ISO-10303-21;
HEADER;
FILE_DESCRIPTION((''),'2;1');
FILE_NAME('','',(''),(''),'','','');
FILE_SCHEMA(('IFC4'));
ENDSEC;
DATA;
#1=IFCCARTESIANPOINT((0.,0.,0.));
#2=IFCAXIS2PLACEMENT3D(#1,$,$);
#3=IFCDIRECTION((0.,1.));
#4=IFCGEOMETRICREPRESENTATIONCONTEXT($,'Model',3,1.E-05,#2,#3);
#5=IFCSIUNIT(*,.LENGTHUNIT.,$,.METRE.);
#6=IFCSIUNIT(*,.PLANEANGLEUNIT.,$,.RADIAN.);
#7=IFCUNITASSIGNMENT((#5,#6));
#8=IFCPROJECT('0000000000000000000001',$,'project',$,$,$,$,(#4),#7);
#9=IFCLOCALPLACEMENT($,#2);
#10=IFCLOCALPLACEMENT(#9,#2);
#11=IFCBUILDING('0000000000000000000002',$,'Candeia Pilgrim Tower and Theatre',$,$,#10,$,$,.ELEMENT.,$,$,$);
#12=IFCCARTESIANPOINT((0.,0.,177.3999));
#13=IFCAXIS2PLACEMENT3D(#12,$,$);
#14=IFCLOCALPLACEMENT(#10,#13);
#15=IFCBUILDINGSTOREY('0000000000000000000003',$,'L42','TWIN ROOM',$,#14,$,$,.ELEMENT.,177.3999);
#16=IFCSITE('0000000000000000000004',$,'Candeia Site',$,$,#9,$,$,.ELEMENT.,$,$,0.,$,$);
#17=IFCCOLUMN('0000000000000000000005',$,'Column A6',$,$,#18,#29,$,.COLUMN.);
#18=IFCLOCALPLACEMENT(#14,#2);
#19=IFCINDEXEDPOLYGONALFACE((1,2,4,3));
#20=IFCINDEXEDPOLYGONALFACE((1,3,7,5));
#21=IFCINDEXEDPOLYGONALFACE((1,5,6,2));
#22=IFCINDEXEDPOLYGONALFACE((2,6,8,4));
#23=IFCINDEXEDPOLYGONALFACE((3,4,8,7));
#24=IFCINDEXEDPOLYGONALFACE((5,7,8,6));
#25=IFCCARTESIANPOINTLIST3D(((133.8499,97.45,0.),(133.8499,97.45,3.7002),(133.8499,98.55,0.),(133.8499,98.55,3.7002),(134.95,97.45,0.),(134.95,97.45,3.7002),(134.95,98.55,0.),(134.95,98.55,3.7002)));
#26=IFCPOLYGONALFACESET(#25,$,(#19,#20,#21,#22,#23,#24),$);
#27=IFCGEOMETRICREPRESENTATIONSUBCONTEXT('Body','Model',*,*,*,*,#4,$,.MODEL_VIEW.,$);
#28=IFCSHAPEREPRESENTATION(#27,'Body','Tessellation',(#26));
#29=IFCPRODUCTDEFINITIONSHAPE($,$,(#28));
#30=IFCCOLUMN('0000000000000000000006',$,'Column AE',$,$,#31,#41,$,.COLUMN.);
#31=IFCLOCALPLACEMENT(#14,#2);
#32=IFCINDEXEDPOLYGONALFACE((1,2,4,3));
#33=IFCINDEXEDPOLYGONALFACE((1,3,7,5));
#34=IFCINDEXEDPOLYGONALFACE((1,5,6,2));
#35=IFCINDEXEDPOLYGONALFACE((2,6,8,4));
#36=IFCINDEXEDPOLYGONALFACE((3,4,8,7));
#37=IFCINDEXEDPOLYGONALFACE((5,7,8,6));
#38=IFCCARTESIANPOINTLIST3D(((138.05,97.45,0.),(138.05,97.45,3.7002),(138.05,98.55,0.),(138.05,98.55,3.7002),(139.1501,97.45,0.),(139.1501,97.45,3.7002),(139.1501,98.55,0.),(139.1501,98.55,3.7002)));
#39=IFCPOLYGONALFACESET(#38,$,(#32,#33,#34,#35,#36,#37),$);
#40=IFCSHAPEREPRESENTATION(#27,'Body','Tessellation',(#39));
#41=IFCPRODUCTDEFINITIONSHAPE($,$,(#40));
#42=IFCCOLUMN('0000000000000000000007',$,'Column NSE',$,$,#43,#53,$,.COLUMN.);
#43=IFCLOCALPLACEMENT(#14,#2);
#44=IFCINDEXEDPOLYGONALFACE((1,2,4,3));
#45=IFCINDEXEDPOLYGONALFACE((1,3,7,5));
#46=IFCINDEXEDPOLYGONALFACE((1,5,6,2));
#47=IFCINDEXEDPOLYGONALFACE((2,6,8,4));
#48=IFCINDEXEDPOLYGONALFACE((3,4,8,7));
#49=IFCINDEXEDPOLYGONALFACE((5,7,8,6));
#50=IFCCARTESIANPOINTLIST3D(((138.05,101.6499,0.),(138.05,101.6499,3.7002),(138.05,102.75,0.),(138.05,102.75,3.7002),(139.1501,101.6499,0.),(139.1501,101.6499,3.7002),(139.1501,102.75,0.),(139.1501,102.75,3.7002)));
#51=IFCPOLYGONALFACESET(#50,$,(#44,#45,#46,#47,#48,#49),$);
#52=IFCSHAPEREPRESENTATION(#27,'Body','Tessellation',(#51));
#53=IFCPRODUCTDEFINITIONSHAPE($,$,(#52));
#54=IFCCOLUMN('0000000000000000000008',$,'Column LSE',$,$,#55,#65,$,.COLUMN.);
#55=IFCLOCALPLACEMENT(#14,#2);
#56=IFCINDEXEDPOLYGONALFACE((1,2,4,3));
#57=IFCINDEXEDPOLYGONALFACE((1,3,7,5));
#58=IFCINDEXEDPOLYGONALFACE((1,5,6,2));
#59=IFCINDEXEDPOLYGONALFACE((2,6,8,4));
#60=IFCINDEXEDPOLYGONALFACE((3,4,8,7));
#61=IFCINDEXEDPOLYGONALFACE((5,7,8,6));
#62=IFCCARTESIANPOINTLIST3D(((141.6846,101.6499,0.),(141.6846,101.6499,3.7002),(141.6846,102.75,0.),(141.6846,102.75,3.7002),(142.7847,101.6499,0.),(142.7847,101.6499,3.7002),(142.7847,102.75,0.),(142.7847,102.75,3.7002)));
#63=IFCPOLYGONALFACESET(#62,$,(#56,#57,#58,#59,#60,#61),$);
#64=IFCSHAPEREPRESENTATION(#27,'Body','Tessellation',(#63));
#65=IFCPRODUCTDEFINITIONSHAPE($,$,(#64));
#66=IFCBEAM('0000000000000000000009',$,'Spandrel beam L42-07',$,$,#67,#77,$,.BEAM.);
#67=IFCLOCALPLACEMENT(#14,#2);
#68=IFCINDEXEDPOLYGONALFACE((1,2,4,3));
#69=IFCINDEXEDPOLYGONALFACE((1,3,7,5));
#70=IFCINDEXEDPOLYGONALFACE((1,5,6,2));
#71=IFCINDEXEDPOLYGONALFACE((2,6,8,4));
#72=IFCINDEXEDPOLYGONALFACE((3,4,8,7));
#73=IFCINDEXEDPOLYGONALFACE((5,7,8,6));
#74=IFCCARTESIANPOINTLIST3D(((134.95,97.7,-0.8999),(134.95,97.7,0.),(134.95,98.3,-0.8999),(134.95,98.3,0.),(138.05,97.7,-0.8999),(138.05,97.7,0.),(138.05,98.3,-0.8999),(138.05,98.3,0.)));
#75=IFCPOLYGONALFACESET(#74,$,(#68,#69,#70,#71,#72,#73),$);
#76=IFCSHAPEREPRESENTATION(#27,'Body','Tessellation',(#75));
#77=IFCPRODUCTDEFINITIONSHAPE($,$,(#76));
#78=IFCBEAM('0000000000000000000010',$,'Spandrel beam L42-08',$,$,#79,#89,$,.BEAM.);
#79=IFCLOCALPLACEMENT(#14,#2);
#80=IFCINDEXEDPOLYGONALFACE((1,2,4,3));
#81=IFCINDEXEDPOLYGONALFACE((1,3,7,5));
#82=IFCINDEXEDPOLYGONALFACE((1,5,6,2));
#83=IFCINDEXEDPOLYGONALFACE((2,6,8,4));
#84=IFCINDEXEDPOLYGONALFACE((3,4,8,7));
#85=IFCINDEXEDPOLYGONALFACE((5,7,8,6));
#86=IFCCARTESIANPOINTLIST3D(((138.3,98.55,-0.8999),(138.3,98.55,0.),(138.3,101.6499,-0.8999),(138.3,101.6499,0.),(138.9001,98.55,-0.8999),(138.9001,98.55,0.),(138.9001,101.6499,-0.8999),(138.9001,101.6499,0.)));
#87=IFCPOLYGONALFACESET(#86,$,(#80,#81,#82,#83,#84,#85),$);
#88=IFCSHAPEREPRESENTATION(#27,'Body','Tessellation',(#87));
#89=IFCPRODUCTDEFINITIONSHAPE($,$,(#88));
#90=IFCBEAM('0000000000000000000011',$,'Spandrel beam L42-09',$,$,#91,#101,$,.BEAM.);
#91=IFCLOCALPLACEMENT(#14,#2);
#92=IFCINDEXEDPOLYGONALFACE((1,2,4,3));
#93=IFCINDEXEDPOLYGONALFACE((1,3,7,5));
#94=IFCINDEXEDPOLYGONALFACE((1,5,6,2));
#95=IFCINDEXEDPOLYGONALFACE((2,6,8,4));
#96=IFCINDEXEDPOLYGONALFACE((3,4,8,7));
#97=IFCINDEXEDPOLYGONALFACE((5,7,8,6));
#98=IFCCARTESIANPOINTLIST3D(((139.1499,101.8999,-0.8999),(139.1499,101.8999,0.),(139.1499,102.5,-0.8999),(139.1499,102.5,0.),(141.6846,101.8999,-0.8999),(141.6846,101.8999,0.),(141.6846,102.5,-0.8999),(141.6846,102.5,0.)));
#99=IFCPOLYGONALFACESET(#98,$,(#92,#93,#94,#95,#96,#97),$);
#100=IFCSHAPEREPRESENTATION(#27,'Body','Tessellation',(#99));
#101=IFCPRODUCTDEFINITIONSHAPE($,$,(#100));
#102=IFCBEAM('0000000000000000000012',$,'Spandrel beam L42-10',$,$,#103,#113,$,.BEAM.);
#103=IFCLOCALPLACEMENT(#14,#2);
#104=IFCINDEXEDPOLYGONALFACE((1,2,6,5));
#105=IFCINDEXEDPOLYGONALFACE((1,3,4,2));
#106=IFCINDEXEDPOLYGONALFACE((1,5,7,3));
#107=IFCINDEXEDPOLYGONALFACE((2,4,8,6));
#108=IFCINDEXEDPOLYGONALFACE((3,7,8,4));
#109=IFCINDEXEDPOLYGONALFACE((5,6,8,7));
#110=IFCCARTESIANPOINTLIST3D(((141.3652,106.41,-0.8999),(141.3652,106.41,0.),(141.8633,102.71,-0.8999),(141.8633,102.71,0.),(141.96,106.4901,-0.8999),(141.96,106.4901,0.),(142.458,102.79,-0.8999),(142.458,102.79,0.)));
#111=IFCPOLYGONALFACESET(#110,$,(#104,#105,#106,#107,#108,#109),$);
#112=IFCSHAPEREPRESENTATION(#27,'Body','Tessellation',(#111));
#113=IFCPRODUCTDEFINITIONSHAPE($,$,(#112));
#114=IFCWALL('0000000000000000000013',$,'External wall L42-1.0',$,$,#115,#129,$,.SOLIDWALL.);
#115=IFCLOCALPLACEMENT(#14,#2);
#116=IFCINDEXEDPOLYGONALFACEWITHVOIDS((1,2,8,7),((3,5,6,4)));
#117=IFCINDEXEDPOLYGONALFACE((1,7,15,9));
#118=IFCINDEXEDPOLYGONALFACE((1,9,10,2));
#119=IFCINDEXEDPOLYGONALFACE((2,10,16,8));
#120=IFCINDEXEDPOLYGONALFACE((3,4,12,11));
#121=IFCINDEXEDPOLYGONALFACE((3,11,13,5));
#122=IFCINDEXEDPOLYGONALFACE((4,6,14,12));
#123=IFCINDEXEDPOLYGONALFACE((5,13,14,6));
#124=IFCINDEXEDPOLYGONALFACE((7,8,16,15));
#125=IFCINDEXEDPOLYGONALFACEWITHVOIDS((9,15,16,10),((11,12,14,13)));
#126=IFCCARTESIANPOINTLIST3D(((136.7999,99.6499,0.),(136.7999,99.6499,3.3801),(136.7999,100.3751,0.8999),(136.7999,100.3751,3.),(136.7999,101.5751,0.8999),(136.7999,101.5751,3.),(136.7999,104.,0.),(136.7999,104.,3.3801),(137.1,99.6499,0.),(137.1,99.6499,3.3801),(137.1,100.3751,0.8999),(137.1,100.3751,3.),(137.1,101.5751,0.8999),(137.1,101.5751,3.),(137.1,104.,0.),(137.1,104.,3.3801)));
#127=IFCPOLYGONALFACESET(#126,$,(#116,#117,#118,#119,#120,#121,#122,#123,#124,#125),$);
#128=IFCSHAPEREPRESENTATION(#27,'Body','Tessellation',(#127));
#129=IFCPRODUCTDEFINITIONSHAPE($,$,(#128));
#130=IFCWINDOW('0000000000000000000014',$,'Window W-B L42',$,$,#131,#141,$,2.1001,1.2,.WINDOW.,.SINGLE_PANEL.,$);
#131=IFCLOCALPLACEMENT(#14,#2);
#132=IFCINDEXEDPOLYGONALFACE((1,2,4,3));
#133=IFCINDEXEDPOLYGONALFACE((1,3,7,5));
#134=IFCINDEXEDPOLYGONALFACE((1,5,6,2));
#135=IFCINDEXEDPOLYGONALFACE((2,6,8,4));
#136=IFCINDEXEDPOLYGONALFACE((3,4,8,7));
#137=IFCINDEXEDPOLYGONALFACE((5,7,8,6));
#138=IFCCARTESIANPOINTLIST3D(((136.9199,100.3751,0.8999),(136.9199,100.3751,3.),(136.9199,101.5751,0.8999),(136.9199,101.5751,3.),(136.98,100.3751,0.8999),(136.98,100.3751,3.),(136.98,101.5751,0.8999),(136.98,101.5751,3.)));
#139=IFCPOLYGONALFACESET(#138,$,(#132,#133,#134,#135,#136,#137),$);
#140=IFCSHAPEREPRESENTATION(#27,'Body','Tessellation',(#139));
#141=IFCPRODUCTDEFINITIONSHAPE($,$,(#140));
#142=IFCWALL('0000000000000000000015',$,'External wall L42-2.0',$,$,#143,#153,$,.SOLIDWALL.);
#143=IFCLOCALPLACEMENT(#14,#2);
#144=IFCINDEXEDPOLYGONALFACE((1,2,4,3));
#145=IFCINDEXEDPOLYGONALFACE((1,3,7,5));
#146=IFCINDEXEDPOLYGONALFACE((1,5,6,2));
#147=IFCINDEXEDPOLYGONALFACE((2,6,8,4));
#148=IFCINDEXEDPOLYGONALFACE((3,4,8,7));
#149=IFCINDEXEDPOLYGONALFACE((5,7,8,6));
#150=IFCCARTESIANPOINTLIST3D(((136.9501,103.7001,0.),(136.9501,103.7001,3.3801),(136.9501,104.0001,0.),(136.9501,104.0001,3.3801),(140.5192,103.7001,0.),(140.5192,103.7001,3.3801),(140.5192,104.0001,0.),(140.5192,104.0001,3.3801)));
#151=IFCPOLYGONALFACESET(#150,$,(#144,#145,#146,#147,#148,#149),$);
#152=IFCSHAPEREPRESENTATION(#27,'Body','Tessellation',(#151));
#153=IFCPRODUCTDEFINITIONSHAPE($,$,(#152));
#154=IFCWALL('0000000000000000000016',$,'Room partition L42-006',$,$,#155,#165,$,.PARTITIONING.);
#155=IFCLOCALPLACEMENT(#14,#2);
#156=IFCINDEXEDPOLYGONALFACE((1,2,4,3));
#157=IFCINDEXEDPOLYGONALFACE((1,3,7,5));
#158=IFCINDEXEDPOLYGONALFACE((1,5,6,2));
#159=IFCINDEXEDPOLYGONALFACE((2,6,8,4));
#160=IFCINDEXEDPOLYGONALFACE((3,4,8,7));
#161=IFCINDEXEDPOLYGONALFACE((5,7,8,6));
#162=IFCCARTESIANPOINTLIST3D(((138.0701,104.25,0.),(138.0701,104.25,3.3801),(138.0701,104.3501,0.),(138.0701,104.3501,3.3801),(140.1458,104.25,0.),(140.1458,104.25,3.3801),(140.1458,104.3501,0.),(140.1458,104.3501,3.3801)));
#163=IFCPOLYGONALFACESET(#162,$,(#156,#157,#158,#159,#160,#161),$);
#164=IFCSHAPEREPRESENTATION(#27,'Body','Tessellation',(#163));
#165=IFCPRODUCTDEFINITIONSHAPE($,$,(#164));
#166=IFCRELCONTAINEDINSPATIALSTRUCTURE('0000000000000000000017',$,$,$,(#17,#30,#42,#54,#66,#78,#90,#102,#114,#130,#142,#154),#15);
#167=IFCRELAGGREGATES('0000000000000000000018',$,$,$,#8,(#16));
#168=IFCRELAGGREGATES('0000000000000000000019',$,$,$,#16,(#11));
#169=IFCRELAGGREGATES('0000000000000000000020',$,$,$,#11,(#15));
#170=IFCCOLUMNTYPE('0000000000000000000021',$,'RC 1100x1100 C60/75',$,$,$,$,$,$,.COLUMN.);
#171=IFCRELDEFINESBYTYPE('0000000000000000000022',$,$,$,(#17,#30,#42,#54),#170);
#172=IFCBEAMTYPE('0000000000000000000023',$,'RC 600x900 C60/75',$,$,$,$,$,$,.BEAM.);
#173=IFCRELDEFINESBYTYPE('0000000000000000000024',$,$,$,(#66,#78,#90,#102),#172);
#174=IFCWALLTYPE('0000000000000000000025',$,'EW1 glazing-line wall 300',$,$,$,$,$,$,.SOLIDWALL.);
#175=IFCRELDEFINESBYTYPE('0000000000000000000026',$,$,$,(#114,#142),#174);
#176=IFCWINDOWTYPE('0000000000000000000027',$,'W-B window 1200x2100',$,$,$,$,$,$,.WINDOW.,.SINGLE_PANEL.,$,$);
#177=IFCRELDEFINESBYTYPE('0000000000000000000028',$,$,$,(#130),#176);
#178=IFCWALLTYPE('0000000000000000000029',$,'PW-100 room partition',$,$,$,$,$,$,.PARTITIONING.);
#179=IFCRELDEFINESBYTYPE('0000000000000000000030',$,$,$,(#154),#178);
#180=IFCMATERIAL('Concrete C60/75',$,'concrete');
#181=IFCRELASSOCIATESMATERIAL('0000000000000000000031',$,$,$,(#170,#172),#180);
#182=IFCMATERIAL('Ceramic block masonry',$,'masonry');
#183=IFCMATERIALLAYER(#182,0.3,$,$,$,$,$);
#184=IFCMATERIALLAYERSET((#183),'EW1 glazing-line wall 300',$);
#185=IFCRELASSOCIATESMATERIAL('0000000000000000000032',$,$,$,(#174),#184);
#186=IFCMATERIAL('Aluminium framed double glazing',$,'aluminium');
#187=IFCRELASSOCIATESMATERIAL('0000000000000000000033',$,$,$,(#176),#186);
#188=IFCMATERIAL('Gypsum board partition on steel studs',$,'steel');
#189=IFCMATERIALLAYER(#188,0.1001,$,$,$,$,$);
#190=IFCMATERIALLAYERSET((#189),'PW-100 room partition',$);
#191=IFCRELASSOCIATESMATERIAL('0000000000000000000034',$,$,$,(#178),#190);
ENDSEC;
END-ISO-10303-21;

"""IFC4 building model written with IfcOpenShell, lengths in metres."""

from ifc_helpers import new_model, si_unit, direction, frame, frame_2d, origin, origin_2d, place, context, subcontext, project, spatial, rectangle, extrude, material, layer, layer_set, material_profile, profile_set, type_object, element, fill, save


model = new_model("IFC4")

# Units and contexts
model_context = context("Model", 3, precision=1e-05, world=origin(), true_north=direction((0.0, 1.0)))
body_context = subcontext(model_context, "Body", "Model", "MODEL_VIEW")
ifc_project = project(units=[si_unit("LENGTHUNIT", "METRE"), si_unit("PLANEANGLEUNIT", "RADIAN")], contexts=[model_context])

# Site, building, storey
site_placement = place(None, origin())
site = spatial("IfcSite", under=ifc_project, at=site_placement, Name="Candeia Site", CompositionType="ELEMENT", RefElevation=0.0)
building_placement = place(site_placement, origin())
building = spatial("IfcBuilding", under=site, at=building_placement, Name="Candeia Pilgrim Tower and Theatre", CompositionType="ELEMENT")
storey_placement = place(building_placement, frame((0.0, 0.0, 177.3999)))
storey = spatial("IfcBuildingStorey", under=building, at=storey_placement, Name="L42", Description="TWIN ROOM", CompositionType="ELEMENT", Elevation=177.3999)

# Columns
ifc_material_1 = material(Name="Concrete C60/75", Category="concrete")
ifc_material_profile_1 = material_profile(ifc_material_1, rectangle(XDim=1.1001, YDim=1.1001, at=origin_2d()))
ifc_profile_set_1 = profile_set([ifc_material_profile_1], Name="Concrete C60/75")
column_type = type_object("IfcColumnType", Name="RC 1100x1100 C60/75", PredefinedType="COLUMN", material=ifc_profile_set_1)
for number, where, z_axis, x_axis, name in (
    (1, (134.3999, 98.0, 0.0), (0.0, 0.0, 1.0), (1.0, 0.0, 0.0), "Column A6"),
    (2, (138.6001, 98.0, 0.0), (0.0, 0.0, 1.0), (1.0, 0.0, 0.0), "Column AE"),
    (3, (138.6001, 102.2, 0.0), (0.0, 0.0, 1.0), (1.0, 0.0, 0.0), "Column NSE"),
    (4, (142.2346, 102.2, 0.0), (0.0, 0.0, 1.0), (1.0, 0.0, 0.0), "Column LSE"),
):
    element("IfcColumn", number, at=place(storey_placement, frame(where, z_axis=z_axis, x_axis=x_axis)), inside=storey, type_object=column_type, Name=name, PredefinedType="COLUMN", context=body_context, shape_type="SweptSolid", body=[
        extrude(rectangle(XDim=1.1001, YDim=1.1001, at=origin_2d()), origin(), (0.0, 0.0, 1.0), 3.7002),
    ])

# Beams
ifc_material_profile_2 = material_profile(ifc_material_1, rectangle(XDim=0.6001, YDim=0.8999, at=origin_2d()))
ifc_profile_set_2 = profile_set([ifc_material_profile_2], Name="Concrete C60/75")
beam_type = type_object("IfcBeamType", Name="RC 600x900 C60/75", PredefinedType="BEAM", material=ifc_profile_set_2)
beam_1_placement = place(storey_placement, frame((134.95, 98.0, -0.45), z_axis=(1.0, 0.0, 0.0), x_axis=(0.0, 1.0, 0.0)))
element("IfcBeam", 5, at=beam_1_placement, inside=storey, type_object=beam_type, Name="Spandrel beam L42-07", PredefinedType="BEAM", context=body_context, shape_type="SweptSolid", body=[
    extrude(rectangle(XDim=0.6001, YDim=0.8999, at=origin_2d()), origin(), (0.0, 0.0, 1.0), 3.1001),
])
beam_2_placement = place(storey_placement, frame((138.6001, 98.55, -0.45), z_axis=(0.0, 1.0, 0.0), x_axis=(-1.0, 0.0, 0.0)))
element("IfcBeam", 6, at=beam_2_placement, inside=storey, type_object=beam_type, Name="Spandrel beam L42-08", PredefinedType="BEAM", context=body_context, shape_type="SweptSolid", body=[
    extrude(rectangle(XDim=0.6001, YDim=0.8999, at=origin_2d()), origin(), (0.0, 0.0, 1.0), 3.0999),
])
beam_3_placement = place(storey_placement, frame((139.1499, 102.2, -0.45), z_axis=(1.0, 0.0, 0.0), x_axis=(0.0, 1.0, 0.0)))
element("IfcBeam", 7, at=beam_3_placement, inside=storey, type_object=beam_type, Name="Spandrel beam L42-09", PredefinedType="BEAM", context=body_context, shape_type="SweptSolid", body=[
    extrude(rectangle(XDim=0.6001, YDim=0.8999, at=origin_2d()), origin(), (0.0, 0.0, 1.0), 2.5347),
])
beam_4_placement = place(storey_placement, frame((142.1606, 102.75, -0.45), z_axis=(-0.133406, 0.991061, 0.0), x_axis=(-0.991061, -0.133406, 0.0)))
element("IfcBeam", 8, at=beam_4_placement, inside=storey, type_object=beam_type, Name="Spandrel beam L42-10", PredefinedType="BEAM", context=body_context, shape_type="SweptSolid", body=[
    extrude(rectangle(XDim=0.6001, YDim=0.8999, at=origin_2d()), origin(), (0.0, 0.0, 1.0), 3.7334),
])

# Wall, opening, window
ifc_material_2 = material(Name="Ceramic block masonry", Category="masonry")
ifc_layer_1 = layer(ifc_material_2, 0.3)
ifc_layer_set_1 = layer_set([ifc_layer_1], Name="EW1 glazing-line wall 300")
wall_type_1 = type_object("IfcWallType", Name="EW1 glazing-line wall 300", PredefinedType="SOLIDWALL", material=ifc_layer_set_1)
wall_1_placement = place(storey_placement, frame((136.95, 99.6499, 0.0), z_axis=(0.0, 0.0, 1.0), x_axis=(0.0, 1.0, 0.0)))
wall_1 = element("IfcWall", 9, at=wall_1_placement, inside=storey, type_object=wall_type_1, Name="External wall L42-1.0", PredefinedType="SOLIDWALL", context=body_context, shape_type="SweptSolid", body=[
    extrude(rectangle(XDim=4.3501, YDim=0.3, at=frame_2d((2.175, 0.0))), origin(), (0.0, 0.0, 1.0), 3.3801),
])
opening_1_placement = place(wall_1_placement, frame((0.7251, 0.0, 0.8999)))
opening_1 = element("IfcOpeningElement", 10, at=opening_1_placement, cuts=wall_1, PredefinedType="OPENING", context=body_context, shape_type="SweptSolid", body=[
    extrude(rectangle(XDim=1.2, YDim=2.1001, at=frame_2d((0.6001, 1.05))), frame((0.0, 0.1602, 0.0), z_axis=(0.0, -1.0, 0.0), x_axis=(1.0, 0.0, 0.0)), (0.0, 0.0, 1.0), 0.3201),
])
ifc_material_3 = material(Name="Aluminium framed double glazing", Category="aluminium")
window_type = type_object("IfcWindowType", Name="W-B window 1200x2100", PartitioningType="SINGLE_PANEL", PredefinedType="WINDOW", material=ifc_material_3)
window_1_placement = place(opening_1_placement, origin())
window_1 = element("IfcWindow", 11, at=window_1_placement, inside=storey, type_object=window_type, Name="Window W-B L42", OverallHeight=2.1001, OverallWidth=1.2, PartitioningType="SINGLE_PANEL", PredefinedType="WINDOW", context=body_context, shape_type="SweptSolid", body=[
    extrude(rectangle(XDim=1.2, YDim=2.1001, at=frame_2d((0.6001, 1.05))), frame((0.0, 0.03, 0.0), z_axis=(0.0, -1.0, 0.0), x_axis=(1.0, 0.0, 0.0)), (0.0, 0.0, 1.0), 0.0601),
])
fill(opening_1, window_1)

# Wall
wall_2_placement = place(storey_placement, frame((136.95, 103.8501, 0.0), z_axis=(0.0, 0.0, 1.0), x_axis=(1.0, 0.0, 0.0)))
element("IfcWall", 12, at=wall_2_placement, inside=storey, type_object=wall_type_1, Name="External wall L42-2.0", PredefinedType="SOLIDWALL", context=body_context, shape_type="SweptSolid", body=[
    extrude(rectangle(XDim=3.5691, YDim=0.3, at=frame_2d((1.7847, 0.0))), origin(), (0.0, 0.0, 1.0), 3.3801),
])

# Wall
ifc_material_4 = material(Name="Gypsum board partition on steel studs", Category="steel")
ifc_layer_2 = layer(ifc_material_4, 0.1001)
ifc_layer_set_2 = layer_set([ifc_layer_2], Name="PW-100 room partition")
wall_type_2 = type_object("IfcWallType", Name="PW-100 room partition", PredefinedType="PARTITIONING", material=ifc_layer_set_2)
wall_3_placement = place(storey_placement, frame((138.0701, 104.3, 0.0), z_axis=(0.0, 0.0, 1.0), x_axis=(1.0, 0.0, 0.0)))
element("IfcWall", 13, at=wall_3_placement, inside=storey, type_object=wall_type_2, Name="Room partition L42-006", PredefinedType="PARTITIONING", context=body_context, shape_type="SweptSolid", body=[
    extrude(rectangle(XDim=2.0757, YDim=0.1001, at=frame_2d((1.0378, 0.0))), origin(), (0.0, 0.0, 1.0), 3.3801),
])

save(model, "model.ifc")
